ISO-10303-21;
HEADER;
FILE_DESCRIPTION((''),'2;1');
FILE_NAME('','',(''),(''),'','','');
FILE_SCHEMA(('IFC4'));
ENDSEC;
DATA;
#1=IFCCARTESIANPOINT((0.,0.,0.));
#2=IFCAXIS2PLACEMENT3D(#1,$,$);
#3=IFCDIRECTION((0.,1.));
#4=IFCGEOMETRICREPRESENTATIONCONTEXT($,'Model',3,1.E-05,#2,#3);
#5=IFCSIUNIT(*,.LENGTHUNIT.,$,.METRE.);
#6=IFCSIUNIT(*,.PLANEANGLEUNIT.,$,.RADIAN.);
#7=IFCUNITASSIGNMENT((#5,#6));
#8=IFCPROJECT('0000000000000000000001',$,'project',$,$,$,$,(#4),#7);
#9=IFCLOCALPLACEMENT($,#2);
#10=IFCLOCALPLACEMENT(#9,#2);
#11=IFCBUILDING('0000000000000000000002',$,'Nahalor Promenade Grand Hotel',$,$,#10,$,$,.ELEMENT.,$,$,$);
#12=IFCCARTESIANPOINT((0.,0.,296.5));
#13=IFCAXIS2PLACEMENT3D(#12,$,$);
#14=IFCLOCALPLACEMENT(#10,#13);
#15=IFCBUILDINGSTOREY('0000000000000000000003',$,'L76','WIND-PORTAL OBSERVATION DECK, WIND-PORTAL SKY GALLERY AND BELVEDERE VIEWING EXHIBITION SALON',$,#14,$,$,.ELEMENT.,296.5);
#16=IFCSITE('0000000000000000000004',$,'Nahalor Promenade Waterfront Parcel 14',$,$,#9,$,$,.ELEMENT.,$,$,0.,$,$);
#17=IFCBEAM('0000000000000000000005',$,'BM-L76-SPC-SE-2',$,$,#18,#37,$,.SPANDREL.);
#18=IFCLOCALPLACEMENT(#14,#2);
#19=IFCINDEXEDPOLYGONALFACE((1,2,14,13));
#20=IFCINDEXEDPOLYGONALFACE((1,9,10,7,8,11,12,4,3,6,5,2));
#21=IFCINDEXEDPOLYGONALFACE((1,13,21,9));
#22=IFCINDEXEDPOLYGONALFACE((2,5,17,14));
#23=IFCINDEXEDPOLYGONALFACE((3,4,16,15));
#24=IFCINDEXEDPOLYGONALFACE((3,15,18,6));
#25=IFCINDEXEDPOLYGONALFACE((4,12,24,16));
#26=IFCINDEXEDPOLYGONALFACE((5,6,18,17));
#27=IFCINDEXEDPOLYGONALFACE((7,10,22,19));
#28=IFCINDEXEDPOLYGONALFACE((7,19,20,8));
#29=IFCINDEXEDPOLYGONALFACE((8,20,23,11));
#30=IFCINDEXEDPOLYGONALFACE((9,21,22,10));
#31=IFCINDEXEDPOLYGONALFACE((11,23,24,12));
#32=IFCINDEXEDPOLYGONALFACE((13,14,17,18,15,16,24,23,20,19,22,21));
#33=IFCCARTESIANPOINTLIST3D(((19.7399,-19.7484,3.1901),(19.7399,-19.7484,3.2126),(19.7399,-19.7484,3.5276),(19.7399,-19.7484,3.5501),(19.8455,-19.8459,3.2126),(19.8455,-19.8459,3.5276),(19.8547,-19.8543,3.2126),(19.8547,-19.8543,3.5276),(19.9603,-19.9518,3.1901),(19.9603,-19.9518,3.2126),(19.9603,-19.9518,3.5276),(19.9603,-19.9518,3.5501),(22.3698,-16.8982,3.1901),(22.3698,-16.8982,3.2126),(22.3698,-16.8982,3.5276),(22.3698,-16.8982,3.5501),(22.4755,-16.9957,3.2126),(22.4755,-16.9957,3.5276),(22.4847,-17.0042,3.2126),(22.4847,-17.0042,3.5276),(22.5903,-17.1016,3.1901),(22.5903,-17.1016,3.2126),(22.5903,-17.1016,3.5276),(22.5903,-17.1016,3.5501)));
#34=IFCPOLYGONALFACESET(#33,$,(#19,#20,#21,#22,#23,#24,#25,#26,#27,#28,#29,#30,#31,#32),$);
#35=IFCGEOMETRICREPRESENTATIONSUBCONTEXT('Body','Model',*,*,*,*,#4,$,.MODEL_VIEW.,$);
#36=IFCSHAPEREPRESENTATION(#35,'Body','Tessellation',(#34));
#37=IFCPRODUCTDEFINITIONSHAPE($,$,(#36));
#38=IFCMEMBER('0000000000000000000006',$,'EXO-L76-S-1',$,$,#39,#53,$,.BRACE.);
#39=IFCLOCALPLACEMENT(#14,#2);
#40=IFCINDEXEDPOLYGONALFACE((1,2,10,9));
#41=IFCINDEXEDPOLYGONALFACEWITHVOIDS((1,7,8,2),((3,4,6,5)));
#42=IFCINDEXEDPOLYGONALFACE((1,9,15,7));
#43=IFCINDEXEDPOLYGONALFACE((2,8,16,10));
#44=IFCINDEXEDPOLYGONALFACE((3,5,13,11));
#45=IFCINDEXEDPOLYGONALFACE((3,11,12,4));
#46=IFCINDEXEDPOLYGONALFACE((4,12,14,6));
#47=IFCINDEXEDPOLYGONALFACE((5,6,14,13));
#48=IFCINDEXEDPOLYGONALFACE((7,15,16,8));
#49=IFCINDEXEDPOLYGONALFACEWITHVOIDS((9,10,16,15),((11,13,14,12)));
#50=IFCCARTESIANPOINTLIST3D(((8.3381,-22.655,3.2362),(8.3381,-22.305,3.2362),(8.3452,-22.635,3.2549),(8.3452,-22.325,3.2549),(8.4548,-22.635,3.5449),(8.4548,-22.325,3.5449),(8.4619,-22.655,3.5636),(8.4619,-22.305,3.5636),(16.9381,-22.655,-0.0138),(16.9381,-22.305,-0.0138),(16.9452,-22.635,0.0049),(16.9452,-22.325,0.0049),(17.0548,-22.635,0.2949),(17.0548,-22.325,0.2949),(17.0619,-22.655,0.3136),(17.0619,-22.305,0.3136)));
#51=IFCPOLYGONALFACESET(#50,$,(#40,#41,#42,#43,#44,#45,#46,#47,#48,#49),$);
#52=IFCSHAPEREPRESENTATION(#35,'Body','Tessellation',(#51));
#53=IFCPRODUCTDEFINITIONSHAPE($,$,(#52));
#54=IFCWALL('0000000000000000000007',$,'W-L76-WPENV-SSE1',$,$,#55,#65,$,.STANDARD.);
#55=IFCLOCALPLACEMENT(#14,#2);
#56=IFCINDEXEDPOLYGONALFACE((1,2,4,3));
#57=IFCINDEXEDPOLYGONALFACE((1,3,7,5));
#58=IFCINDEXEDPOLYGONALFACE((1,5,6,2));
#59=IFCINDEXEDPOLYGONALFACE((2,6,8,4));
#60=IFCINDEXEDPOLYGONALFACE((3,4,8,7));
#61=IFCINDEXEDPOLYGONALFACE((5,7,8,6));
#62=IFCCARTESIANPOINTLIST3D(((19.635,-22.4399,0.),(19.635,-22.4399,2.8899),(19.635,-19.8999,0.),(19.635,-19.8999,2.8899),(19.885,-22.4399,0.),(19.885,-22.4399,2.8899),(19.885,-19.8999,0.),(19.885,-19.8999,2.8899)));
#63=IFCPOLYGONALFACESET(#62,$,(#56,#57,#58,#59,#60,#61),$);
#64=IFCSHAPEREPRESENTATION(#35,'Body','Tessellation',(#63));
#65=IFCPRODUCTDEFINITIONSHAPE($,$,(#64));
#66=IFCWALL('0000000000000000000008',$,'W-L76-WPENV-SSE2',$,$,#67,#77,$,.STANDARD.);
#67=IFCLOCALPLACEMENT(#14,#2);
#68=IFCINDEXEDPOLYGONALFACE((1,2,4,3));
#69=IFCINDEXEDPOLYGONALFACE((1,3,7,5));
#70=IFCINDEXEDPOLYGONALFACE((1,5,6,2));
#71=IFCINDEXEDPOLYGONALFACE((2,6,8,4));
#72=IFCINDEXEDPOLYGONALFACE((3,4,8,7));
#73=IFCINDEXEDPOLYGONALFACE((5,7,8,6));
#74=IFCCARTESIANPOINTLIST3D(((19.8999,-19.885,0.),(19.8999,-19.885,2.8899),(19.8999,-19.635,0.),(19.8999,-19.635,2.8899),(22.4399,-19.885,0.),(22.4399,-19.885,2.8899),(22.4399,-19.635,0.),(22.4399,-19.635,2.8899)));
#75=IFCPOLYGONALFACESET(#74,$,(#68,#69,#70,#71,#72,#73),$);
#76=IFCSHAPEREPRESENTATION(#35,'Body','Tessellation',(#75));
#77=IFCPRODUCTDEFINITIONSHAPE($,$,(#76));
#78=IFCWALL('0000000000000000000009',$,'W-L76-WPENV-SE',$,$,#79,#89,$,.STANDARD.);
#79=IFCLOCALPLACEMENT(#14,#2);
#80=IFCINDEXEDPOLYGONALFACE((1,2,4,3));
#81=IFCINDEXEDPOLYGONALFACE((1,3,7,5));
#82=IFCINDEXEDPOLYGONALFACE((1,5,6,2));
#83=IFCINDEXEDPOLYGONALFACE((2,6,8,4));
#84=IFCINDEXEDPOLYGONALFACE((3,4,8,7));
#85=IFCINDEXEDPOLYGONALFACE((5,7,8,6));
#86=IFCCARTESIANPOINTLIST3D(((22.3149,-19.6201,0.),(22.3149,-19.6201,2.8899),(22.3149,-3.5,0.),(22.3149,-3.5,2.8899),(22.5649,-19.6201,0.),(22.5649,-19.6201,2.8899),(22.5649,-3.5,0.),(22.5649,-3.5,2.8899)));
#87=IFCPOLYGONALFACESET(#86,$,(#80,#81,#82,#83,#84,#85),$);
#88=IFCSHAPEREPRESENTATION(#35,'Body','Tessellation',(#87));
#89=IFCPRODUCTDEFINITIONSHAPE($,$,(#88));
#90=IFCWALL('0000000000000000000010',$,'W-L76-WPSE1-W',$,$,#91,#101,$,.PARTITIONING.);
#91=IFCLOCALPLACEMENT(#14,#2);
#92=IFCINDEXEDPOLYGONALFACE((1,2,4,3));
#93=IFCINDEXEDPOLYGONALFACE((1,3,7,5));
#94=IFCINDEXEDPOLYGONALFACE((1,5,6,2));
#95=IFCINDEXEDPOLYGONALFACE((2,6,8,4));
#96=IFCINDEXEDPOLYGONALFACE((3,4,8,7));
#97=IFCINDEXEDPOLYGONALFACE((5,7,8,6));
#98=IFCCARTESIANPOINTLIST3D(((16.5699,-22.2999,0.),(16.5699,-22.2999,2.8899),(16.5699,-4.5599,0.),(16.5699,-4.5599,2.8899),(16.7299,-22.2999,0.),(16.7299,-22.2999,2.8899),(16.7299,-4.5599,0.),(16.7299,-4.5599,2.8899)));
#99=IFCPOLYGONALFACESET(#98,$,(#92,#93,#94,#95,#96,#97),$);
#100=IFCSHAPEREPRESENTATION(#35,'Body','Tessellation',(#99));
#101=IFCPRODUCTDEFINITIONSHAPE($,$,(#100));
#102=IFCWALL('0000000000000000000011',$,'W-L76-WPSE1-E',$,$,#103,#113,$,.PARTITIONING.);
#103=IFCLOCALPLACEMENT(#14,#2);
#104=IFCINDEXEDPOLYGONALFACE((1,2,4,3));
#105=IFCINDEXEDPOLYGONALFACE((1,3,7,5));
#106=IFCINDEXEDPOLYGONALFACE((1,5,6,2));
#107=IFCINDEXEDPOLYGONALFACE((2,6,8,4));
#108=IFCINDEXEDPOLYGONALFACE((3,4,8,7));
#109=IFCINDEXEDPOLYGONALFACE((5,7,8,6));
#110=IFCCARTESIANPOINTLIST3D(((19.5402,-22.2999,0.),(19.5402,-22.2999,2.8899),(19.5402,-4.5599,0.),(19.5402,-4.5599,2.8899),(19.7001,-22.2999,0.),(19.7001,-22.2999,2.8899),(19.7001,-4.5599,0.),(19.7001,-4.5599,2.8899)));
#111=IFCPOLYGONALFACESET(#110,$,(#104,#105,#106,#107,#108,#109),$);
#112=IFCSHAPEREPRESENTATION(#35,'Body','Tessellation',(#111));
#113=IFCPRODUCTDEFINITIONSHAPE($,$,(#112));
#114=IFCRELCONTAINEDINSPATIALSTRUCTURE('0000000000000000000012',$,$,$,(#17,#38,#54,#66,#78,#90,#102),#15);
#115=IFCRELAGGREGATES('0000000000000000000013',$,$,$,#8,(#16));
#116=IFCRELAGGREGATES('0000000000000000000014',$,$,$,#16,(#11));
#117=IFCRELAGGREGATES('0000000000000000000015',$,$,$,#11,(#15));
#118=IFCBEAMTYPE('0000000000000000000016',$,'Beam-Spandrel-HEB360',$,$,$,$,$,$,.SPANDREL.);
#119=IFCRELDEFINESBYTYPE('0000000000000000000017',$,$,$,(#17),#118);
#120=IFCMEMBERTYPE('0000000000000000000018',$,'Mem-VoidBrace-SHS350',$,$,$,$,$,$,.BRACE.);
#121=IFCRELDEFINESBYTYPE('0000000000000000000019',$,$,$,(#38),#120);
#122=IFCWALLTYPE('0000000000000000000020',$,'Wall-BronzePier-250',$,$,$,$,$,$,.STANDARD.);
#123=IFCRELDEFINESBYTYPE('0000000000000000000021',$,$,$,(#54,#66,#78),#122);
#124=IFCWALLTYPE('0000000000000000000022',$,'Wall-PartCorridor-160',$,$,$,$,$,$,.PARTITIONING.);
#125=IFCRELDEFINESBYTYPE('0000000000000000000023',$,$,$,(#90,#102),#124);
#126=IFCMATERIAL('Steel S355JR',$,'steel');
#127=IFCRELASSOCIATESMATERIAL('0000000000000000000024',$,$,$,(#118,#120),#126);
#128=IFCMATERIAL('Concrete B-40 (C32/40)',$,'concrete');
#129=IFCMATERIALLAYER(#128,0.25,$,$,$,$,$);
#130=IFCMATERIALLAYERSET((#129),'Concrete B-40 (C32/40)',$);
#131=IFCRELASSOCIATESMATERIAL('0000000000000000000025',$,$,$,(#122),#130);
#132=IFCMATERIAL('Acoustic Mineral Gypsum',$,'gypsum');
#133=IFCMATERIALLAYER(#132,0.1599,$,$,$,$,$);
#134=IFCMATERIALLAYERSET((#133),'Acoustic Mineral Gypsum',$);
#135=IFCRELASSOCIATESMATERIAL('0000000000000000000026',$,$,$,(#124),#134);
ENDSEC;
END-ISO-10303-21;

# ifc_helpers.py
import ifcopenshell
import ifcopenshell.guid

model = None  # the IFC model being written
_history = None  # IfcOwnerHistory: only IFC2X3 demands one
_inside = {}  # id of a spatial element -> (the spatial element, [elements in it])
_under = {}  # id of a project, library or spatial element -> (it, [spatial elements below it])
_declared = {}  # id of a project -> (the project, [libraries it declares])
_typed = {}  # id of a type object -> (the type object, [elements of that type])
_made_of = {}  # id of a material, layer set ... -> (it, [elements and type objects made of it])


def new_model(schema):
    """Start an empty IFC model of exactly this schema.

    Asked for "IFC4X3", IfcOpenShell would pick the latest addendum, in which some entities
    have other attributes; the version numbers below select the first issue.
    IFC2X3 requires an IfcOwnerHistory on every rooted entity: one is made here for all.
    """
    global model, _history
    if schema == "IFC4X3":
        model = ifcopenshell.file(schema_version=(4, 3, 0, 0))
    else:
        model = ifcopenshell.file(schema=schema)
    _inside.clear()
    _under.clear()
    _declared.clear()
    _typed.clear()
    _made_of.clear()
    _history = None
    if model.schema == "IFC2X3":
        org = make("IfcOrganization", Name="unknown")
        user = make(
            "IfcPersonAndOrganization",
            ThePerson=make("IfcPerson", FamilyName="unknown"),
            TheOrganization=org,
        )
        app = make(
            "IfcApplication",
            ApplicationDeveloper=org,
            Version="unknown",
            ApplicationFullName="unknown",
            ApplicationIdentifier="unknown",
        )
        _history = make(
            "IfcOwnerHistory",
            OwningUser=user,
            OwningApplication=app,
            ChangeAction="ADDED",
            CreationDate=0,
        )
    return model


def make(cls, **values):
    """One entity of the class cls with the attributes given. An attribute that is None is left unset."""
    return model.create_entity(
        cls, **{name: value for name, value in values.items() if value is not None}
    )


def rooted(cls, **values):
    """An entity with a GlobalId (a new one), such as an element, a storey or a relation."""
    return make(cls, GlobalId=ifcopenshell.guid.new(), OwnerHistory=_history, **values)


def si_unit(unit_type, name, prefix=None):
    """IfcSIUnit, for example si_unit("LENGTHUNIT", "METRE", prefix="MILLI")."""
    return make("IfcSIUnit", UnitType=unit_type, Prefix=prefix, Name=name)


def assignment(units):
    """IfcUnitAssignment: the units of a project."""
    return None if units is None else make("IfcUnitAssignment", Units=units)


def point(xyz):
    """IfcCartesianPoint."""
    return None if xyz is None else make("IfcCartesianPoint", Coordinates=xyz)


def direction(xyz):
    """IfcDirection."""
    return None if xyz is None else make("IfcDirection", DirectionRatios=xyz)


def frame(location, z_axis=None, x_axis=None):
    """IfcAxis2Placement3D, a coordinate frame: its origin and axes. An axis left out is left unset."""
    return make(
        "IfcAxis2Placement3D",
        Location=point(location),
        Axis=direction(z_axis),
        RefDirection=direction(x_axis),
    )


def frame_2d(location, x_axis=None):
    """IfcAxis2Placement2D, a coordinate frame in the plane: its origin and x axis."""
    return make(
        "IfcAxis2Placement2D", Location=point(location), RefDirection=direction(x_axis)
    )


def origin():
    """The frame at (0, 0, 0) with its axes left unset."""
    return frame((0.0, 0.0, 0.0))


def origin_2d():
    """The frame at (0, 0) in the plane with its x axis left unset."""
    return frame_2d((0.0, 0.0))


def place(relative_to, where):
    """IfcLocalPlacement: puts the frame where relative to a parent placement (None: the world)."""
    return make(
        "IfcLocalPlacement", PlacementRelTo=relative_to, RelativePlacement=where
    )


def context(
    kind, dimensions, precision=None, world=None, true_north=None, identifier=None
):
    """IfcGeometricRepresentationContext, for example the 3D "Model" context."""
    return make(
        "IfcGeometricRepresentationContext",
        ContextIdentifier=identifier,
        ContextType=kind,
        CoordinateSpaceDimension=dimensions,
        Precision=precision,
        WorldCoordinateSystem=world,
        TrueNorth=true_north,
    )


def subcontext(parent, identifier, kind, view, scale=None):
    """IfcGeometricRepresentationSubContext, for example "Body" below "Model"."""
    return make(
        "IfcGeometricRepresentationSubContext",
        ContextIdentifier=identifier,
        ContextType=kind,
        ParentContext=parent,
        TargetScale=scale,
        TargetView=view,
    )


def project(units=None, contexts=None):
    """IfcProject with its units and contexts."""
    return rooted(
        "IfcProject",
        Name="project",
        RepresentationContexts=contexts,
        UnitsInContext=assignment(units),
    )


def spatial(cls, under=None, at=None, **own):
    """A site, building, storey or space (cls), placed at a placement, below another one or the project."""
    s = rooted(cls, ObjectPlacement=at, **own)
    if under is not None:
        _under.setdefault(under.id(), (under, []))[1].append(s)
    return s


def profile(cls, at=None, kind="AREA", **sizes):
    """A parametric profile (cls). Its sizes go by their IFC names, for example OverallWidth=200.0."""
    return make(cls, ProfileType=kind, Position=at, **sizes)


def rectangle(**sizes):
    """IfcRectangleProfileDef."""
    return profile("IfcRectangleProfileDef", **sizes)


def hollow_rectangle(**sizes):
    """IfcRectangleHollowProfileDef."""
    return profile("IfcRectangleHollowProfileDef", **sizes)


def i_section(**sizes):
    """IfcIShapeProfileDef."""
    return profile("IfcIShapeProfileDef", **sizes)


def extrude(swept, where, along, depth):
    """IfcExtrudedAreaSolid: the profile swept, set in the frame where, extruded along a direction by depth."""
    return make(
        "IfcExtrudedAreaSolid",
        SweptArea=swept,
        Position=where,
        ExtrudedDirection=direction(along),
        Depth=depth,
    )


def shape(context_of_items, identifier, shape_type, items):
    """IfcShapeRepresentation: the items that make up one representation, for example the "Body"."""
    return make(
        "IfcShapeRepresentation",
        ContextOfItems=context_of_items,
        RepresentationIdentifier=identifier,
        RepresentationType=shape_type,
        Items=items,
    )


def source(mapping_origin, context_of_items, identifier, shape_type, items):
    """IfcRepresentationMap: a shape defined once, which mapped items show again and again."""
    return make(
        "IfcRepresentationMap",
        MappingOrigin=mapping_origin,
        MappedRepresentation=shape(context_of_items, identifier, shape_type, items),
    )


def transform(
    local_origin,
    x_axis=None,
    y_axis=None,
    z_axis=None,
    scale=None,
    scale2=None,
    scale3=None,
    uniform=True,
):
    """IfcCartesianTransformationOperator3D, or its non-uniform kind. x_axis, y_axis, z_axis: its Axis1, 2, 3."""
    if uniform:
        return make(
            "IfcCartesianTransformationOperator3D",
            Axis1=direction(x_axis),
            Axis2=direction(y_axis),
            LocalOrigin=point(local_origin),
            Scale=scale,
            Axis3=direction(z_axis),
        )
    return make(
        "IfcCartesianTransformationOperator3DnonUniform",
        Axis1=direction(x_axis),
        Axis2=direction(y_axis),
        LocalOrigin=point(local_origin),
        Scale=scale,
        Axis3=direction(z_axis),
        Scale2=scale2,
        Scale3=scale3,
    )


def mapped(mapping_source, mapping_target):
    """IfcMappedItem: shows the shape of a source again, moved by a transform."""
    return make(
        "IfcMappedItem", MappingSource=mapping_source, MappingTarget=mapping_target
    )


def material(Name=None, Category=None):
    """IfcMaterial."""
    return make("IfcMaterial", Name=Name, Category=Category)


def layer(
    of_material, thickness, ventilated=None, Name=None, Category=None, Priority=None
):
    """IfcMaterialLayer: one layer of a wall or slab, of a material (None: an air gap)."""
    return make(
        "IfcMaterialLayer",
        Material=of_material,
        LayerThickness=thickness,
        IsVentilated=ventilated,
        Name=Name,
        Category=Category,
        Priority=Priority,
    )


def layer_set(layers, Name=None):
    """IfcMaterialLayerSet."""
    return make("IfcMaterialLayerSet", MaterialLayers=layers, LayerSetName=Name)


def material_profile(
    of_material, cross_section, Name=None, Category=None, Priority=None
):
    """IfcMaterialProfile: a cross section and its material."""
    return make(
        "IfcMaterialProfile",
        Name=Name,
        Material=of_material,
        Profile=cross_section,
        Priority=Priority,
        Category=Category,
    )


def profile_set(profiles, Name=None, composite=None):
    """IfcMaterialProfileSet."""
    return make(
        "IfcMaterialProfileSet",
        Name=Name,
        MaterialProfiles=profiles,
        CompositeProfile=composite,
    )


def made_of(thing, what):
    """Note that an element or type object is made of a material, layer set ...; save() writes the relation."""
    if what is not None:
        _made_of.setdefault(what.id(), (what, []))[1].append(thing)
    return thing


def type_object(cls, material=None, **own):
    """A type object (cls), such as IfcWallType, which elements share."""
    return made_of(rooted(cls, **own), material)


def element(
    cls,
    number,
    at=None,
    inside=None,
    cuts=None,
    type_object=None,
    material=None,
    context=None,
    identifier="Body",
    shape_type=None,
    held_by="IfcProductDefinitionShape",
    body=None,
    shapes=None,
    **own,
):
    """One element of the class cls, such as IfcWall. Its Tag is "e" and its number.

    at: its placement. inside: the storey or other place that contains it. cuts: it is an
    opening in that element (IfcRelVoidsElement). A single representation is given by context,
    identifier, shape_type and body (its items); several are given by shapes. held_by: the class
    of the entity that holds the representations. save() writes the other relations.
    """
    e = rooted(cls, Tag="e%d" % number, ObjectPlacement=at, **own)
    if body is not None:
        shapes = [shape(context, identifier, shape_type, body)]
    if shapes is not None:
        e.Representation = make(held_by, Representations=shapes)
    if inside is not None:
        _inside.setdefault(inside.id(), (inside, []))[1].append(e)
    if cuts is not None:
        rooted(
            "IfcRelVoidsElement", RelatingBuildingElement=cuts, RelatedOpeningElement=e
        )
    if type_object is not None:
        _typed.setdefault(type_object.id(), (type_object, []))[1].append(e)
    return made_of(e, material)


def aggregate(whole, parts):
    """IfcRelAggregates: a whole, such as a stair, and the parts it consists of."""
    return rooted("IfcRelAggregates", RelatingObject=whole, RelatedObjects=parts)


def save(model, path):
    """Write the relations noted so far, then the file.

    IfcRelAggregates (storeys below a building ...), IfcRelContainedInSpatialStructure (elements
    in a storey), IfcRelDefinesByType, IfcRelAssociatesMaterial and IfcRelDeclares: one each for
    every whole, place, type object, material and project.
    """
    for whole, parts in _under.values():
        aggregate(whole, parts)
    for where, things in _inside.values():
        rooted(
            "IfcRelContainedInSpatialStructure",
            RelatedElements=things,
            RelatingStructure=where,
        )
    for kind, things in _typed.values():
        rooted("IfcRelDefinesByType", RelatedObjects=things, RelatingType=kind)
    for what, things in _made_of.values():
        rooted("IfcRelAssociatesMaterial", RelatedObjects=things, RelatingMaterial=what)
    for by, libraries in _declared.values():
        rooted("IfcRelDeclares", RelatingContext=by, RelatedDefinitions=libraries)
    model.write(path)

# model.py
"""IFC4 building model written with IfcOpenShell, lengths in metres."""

from ifc_helpers import new_model, si_unit, direction, frame, frame_2d, origin, origin_2d, place, context, subcontext, project, spatial, rectangle, hollow_rectangle, i_section, extrude, source, transform, mapped, material, layer, layer_set, material_profile, profile_set, type_object, element, save


model = new_model("IFC4")

# Units and contexts
model_context = context("Model", 3, precision=1e-05, world=origin(), true_north=direction((0.0, 1.0)))
body_context = subcontext(model_context, "Body", "Model", "MODEL_VIEW")
ifc_project = project(units=[si_unit("LENGTHUNIT", "METRE"), si_unit("PLANEANGLEUNIT", "RADIAN")], contexts=[model_context])

# Site, building, storey
site_placement = place(None, origin())
site = spatial("IfcSite", under=ifc_project, at=site_placement, Name="Nahalor Promenade Waterfront Parcel 14", CompositionType="ELEMENT", RefElevation=0.0)
building_placement = place(site_placement, origin())
building = spatial("IfcBuilding", under=site, at=building_placement, Name="Nahalor Promenade Grand Hotel", CompositionType="ELEMENT")
storey_placement = place(building_placement, frame((0.0, 0.0, 296.5)))
storey = spatial("IfcBuildingStorey", under=building, at=storey_placement, Name="L76", Description="WIND-PORTAL OBSERVATION DECK, WIND-PORTAL SKY GALLERY AND BELVEDERE VIEWING EXHIBITION SALON", CompositionType="ELEMENT", Elevation=296.5)

# Shared definitions
ifc_material_1 = material(Name="Steel S355JR", Category="steel")

# Beam
ifc_material_profile_1 = material_profile(ifc_material_1, i_section(OverallWidth=0.3, OverallDepth=0.36, WebThickness=0.0125, FlangeThickness=0.0225, at=origin_2d()), Name="HEB 360")
ifc_profile_set_1 = profile_set([ifc_material_profile_1], Name="Steel S355JR")
beam_type_1 = type_object("IfcBeamType", Name="Beam-Spandrel-HEB360", PredefinedType="SPANDREL", material=ifc_profile_set_1)
shared_shape_1 = source(origin(), body_context, "Body", "SweptSolid", [
    extrude(i_section(OverallWidth=0.3, OverallDepth=0.36, WebThickness=0.0125, FlangeThickness=0.0225, at=origin_2d()), origin(), (0.0, 0.0, 1.0), 3.8782),
])
for number, where, z_axis, x_axis, name in (
    (1, (19.8501, -19.8501, 3.3701), (0.678144, 0.734929, 0.0), (-0.734929, 0.678144, 0.0), "BM-L76-SPC-SE-2"),
):
    element("IfcBeam", number, at=place(storey_placement, frame(where, z_axis=z_axis, x_axis=x_axis)), inside=storey, type_object=beam_type_1, Name=name, PredefinedType="SPANDREL", context=body_context, shape_type="MappedRepresentation", body=[
        mapped(shared_shape_1, transform((0.0, 0.0, 0.0), scale=1.0)),
    ])

# Member
ifc_material_profile_2 = material_profile(ifc_material_1, hollow_rectangle(XDim=0.35, YDim=0.35, WallThickness=0.02, at=origin_2d()), Name="SHS 350x350x20")
ifc_profile_set_2 = profile_set([ifc_material_profile_2], Name="Steel S355JR")
member_type = type_object("IfcMemberType", Name="Mem-VoidBrace-SHS350", PredefinedType="BRACE", material=ifc_profile_set_2)
shared_shape_2 = source(origin(), body_context, "Body", "SweptSolid", [
    extrude(hollow_rectangle(XDim=0.35, YDim=0.35, WallThickness=0.02, at=origin_2d()), origin(), (0.0, 0.0, 1.0), 9.1936),
])
member_placement = place(storey_placement, frame((17.0, -22.48, 0.1499), z_axis=(-0.935433, 0.0, 0.353503), x_axis=(0.0, -1.0, 0.0)))
element("IfcMember", 2, at=member_placement, inside=storey, type_object=member_type, Name="EXO-L76-S-1", PredefinedType="BRACE", context=body_context, shape_type="MappedRepresentation", body=[
    mapped(shared_shape_2, transform((0.0, 0.0, 0.0), scale=1.0)),
])

# Walls
ifc_material_2 = material(Name="Concrete B-40 (C32/40)", Category="concrete")
ifc_layer_1 = layer(ifc_material_2, 0.25)
ifc_layer_set_1 = layer_set([ifc_layer_1], Name="Concrete B-40 (C32/40)")
wall_type_1 = type_object("IfcWallType", Name="Wall-BronzePier-250", PredefinedType="STANDARD", material=ifc_layer_set_1)
shared_shape_3 = source(origin(), body_context, "Body", "SweptSolid", [
    extrude(rectangle(XDim=2.54, YDim=0.25, at=frame_2d((1.27, 0.0))), origin(), (0.0, 0.0, 1.0), 2.8899),
])
for number, where, z_axis, x_axis, name in (
    (3, (19.76, -22.4399, 0.0), (0.0, 0.0, 1.0), (0.0, 1.0, 0.0), "W-L76-WPENV-SSE1"),
    (4, (19.8999, -19.76, 0.0), (0.0, 0.0, 1.0), (1.0, 0.0, 0.0), "W-L76-WPENV-SSE2"),
):
    element("IfcWall", number, at=place(storey_placement, frame(where, z_axis=z_axis, x_axis=x_axis)), inside=storey, type_object=wall_type_1, Name=name, PredefinedType="STANDARD", context=body_context, shape_type="MappedRepresentation", body=[
        mapped(shared_shape_3, transform((0.0, 0.0, 0.0), scale=1.0)),
    ])
shared_shape_4 = source(origin(), body_context, "Body", "SweptSolid", [
    extrude(rectangle(XDim=16.1201, YDim=0.25, at=frame_2d((8.0601, 0.0))), origin(), (0.0, 0.0, 1.0), 2.8899),
])
wall_placement = place(storey_placement, frame((22.4399, -19.6201, 0.0), z_axis=(0.0, 0.0, 1.0), x_axis=(0.0, 1.0, 0.0)))
element("IfcWall", 5, at=wall_placement, inside=storey, type_object=wall_type_1, Name="W-L76-WPENV-SE", PredefinedType="STANDARD", context=body_context, shape_type="MappedRepresentation", body=[
    mapped(shared_shape_4, transform((0.0, 0.0, 0.0), scale=1.0)),
])
ifc_material_3 = material(Name="Acoustic Mineral Gypsum", Category="gypsum")
ifc_layer_2 = layer(ifc_material_3, 0.1599)
ifc_layer_set_2 = layer_set([ifc_layer_2], Name="Acoustic Mineral Gypsum")
wall_type_2 = type_object("IfcWallType", Name="Wall-PartCorridor-160", PredefinedType="PARTITIONING", material=ifc_layer_set_2)
shared_shape_5 = source(origin(), body_context, "Body", "SweptSolid", [
    extrude(rectangle(XDim=17.74, YDim=0.1599, at=frame_2d((8.8701, 0.0))), origin(), (0.0, 0.0, 1.0), 2.8899),
])
for number, where, z_axis, x_axis, name in (
    (6, (16.6499, -22.3, 0.0), (0.0, 0.0, 1.0), (0.0, 1.0, 0.0), "W-L76-WPSE1-W"),
    (7, (19.6201, -22.3, 0.0), (0.0, 0.0, 1.0), (0.0, 1.0, 0.0), "W-L76-WPSE1-E"),
):
    element("IfcWall", number, at=place(storey_placement, frame(where, z_axis=z_axis, x_axis=x_axis)), inside=storey, type_object=wall_type_2, Name=name, PredefinedType="PARTITIONING", context=body_context, shape_type="MappedRepresentation", body=[
        mapped(shared_shape_5, transform((0.0, 0.0, 0.0), scale=1.0)),
    ])

save(model, "model.ifc")
